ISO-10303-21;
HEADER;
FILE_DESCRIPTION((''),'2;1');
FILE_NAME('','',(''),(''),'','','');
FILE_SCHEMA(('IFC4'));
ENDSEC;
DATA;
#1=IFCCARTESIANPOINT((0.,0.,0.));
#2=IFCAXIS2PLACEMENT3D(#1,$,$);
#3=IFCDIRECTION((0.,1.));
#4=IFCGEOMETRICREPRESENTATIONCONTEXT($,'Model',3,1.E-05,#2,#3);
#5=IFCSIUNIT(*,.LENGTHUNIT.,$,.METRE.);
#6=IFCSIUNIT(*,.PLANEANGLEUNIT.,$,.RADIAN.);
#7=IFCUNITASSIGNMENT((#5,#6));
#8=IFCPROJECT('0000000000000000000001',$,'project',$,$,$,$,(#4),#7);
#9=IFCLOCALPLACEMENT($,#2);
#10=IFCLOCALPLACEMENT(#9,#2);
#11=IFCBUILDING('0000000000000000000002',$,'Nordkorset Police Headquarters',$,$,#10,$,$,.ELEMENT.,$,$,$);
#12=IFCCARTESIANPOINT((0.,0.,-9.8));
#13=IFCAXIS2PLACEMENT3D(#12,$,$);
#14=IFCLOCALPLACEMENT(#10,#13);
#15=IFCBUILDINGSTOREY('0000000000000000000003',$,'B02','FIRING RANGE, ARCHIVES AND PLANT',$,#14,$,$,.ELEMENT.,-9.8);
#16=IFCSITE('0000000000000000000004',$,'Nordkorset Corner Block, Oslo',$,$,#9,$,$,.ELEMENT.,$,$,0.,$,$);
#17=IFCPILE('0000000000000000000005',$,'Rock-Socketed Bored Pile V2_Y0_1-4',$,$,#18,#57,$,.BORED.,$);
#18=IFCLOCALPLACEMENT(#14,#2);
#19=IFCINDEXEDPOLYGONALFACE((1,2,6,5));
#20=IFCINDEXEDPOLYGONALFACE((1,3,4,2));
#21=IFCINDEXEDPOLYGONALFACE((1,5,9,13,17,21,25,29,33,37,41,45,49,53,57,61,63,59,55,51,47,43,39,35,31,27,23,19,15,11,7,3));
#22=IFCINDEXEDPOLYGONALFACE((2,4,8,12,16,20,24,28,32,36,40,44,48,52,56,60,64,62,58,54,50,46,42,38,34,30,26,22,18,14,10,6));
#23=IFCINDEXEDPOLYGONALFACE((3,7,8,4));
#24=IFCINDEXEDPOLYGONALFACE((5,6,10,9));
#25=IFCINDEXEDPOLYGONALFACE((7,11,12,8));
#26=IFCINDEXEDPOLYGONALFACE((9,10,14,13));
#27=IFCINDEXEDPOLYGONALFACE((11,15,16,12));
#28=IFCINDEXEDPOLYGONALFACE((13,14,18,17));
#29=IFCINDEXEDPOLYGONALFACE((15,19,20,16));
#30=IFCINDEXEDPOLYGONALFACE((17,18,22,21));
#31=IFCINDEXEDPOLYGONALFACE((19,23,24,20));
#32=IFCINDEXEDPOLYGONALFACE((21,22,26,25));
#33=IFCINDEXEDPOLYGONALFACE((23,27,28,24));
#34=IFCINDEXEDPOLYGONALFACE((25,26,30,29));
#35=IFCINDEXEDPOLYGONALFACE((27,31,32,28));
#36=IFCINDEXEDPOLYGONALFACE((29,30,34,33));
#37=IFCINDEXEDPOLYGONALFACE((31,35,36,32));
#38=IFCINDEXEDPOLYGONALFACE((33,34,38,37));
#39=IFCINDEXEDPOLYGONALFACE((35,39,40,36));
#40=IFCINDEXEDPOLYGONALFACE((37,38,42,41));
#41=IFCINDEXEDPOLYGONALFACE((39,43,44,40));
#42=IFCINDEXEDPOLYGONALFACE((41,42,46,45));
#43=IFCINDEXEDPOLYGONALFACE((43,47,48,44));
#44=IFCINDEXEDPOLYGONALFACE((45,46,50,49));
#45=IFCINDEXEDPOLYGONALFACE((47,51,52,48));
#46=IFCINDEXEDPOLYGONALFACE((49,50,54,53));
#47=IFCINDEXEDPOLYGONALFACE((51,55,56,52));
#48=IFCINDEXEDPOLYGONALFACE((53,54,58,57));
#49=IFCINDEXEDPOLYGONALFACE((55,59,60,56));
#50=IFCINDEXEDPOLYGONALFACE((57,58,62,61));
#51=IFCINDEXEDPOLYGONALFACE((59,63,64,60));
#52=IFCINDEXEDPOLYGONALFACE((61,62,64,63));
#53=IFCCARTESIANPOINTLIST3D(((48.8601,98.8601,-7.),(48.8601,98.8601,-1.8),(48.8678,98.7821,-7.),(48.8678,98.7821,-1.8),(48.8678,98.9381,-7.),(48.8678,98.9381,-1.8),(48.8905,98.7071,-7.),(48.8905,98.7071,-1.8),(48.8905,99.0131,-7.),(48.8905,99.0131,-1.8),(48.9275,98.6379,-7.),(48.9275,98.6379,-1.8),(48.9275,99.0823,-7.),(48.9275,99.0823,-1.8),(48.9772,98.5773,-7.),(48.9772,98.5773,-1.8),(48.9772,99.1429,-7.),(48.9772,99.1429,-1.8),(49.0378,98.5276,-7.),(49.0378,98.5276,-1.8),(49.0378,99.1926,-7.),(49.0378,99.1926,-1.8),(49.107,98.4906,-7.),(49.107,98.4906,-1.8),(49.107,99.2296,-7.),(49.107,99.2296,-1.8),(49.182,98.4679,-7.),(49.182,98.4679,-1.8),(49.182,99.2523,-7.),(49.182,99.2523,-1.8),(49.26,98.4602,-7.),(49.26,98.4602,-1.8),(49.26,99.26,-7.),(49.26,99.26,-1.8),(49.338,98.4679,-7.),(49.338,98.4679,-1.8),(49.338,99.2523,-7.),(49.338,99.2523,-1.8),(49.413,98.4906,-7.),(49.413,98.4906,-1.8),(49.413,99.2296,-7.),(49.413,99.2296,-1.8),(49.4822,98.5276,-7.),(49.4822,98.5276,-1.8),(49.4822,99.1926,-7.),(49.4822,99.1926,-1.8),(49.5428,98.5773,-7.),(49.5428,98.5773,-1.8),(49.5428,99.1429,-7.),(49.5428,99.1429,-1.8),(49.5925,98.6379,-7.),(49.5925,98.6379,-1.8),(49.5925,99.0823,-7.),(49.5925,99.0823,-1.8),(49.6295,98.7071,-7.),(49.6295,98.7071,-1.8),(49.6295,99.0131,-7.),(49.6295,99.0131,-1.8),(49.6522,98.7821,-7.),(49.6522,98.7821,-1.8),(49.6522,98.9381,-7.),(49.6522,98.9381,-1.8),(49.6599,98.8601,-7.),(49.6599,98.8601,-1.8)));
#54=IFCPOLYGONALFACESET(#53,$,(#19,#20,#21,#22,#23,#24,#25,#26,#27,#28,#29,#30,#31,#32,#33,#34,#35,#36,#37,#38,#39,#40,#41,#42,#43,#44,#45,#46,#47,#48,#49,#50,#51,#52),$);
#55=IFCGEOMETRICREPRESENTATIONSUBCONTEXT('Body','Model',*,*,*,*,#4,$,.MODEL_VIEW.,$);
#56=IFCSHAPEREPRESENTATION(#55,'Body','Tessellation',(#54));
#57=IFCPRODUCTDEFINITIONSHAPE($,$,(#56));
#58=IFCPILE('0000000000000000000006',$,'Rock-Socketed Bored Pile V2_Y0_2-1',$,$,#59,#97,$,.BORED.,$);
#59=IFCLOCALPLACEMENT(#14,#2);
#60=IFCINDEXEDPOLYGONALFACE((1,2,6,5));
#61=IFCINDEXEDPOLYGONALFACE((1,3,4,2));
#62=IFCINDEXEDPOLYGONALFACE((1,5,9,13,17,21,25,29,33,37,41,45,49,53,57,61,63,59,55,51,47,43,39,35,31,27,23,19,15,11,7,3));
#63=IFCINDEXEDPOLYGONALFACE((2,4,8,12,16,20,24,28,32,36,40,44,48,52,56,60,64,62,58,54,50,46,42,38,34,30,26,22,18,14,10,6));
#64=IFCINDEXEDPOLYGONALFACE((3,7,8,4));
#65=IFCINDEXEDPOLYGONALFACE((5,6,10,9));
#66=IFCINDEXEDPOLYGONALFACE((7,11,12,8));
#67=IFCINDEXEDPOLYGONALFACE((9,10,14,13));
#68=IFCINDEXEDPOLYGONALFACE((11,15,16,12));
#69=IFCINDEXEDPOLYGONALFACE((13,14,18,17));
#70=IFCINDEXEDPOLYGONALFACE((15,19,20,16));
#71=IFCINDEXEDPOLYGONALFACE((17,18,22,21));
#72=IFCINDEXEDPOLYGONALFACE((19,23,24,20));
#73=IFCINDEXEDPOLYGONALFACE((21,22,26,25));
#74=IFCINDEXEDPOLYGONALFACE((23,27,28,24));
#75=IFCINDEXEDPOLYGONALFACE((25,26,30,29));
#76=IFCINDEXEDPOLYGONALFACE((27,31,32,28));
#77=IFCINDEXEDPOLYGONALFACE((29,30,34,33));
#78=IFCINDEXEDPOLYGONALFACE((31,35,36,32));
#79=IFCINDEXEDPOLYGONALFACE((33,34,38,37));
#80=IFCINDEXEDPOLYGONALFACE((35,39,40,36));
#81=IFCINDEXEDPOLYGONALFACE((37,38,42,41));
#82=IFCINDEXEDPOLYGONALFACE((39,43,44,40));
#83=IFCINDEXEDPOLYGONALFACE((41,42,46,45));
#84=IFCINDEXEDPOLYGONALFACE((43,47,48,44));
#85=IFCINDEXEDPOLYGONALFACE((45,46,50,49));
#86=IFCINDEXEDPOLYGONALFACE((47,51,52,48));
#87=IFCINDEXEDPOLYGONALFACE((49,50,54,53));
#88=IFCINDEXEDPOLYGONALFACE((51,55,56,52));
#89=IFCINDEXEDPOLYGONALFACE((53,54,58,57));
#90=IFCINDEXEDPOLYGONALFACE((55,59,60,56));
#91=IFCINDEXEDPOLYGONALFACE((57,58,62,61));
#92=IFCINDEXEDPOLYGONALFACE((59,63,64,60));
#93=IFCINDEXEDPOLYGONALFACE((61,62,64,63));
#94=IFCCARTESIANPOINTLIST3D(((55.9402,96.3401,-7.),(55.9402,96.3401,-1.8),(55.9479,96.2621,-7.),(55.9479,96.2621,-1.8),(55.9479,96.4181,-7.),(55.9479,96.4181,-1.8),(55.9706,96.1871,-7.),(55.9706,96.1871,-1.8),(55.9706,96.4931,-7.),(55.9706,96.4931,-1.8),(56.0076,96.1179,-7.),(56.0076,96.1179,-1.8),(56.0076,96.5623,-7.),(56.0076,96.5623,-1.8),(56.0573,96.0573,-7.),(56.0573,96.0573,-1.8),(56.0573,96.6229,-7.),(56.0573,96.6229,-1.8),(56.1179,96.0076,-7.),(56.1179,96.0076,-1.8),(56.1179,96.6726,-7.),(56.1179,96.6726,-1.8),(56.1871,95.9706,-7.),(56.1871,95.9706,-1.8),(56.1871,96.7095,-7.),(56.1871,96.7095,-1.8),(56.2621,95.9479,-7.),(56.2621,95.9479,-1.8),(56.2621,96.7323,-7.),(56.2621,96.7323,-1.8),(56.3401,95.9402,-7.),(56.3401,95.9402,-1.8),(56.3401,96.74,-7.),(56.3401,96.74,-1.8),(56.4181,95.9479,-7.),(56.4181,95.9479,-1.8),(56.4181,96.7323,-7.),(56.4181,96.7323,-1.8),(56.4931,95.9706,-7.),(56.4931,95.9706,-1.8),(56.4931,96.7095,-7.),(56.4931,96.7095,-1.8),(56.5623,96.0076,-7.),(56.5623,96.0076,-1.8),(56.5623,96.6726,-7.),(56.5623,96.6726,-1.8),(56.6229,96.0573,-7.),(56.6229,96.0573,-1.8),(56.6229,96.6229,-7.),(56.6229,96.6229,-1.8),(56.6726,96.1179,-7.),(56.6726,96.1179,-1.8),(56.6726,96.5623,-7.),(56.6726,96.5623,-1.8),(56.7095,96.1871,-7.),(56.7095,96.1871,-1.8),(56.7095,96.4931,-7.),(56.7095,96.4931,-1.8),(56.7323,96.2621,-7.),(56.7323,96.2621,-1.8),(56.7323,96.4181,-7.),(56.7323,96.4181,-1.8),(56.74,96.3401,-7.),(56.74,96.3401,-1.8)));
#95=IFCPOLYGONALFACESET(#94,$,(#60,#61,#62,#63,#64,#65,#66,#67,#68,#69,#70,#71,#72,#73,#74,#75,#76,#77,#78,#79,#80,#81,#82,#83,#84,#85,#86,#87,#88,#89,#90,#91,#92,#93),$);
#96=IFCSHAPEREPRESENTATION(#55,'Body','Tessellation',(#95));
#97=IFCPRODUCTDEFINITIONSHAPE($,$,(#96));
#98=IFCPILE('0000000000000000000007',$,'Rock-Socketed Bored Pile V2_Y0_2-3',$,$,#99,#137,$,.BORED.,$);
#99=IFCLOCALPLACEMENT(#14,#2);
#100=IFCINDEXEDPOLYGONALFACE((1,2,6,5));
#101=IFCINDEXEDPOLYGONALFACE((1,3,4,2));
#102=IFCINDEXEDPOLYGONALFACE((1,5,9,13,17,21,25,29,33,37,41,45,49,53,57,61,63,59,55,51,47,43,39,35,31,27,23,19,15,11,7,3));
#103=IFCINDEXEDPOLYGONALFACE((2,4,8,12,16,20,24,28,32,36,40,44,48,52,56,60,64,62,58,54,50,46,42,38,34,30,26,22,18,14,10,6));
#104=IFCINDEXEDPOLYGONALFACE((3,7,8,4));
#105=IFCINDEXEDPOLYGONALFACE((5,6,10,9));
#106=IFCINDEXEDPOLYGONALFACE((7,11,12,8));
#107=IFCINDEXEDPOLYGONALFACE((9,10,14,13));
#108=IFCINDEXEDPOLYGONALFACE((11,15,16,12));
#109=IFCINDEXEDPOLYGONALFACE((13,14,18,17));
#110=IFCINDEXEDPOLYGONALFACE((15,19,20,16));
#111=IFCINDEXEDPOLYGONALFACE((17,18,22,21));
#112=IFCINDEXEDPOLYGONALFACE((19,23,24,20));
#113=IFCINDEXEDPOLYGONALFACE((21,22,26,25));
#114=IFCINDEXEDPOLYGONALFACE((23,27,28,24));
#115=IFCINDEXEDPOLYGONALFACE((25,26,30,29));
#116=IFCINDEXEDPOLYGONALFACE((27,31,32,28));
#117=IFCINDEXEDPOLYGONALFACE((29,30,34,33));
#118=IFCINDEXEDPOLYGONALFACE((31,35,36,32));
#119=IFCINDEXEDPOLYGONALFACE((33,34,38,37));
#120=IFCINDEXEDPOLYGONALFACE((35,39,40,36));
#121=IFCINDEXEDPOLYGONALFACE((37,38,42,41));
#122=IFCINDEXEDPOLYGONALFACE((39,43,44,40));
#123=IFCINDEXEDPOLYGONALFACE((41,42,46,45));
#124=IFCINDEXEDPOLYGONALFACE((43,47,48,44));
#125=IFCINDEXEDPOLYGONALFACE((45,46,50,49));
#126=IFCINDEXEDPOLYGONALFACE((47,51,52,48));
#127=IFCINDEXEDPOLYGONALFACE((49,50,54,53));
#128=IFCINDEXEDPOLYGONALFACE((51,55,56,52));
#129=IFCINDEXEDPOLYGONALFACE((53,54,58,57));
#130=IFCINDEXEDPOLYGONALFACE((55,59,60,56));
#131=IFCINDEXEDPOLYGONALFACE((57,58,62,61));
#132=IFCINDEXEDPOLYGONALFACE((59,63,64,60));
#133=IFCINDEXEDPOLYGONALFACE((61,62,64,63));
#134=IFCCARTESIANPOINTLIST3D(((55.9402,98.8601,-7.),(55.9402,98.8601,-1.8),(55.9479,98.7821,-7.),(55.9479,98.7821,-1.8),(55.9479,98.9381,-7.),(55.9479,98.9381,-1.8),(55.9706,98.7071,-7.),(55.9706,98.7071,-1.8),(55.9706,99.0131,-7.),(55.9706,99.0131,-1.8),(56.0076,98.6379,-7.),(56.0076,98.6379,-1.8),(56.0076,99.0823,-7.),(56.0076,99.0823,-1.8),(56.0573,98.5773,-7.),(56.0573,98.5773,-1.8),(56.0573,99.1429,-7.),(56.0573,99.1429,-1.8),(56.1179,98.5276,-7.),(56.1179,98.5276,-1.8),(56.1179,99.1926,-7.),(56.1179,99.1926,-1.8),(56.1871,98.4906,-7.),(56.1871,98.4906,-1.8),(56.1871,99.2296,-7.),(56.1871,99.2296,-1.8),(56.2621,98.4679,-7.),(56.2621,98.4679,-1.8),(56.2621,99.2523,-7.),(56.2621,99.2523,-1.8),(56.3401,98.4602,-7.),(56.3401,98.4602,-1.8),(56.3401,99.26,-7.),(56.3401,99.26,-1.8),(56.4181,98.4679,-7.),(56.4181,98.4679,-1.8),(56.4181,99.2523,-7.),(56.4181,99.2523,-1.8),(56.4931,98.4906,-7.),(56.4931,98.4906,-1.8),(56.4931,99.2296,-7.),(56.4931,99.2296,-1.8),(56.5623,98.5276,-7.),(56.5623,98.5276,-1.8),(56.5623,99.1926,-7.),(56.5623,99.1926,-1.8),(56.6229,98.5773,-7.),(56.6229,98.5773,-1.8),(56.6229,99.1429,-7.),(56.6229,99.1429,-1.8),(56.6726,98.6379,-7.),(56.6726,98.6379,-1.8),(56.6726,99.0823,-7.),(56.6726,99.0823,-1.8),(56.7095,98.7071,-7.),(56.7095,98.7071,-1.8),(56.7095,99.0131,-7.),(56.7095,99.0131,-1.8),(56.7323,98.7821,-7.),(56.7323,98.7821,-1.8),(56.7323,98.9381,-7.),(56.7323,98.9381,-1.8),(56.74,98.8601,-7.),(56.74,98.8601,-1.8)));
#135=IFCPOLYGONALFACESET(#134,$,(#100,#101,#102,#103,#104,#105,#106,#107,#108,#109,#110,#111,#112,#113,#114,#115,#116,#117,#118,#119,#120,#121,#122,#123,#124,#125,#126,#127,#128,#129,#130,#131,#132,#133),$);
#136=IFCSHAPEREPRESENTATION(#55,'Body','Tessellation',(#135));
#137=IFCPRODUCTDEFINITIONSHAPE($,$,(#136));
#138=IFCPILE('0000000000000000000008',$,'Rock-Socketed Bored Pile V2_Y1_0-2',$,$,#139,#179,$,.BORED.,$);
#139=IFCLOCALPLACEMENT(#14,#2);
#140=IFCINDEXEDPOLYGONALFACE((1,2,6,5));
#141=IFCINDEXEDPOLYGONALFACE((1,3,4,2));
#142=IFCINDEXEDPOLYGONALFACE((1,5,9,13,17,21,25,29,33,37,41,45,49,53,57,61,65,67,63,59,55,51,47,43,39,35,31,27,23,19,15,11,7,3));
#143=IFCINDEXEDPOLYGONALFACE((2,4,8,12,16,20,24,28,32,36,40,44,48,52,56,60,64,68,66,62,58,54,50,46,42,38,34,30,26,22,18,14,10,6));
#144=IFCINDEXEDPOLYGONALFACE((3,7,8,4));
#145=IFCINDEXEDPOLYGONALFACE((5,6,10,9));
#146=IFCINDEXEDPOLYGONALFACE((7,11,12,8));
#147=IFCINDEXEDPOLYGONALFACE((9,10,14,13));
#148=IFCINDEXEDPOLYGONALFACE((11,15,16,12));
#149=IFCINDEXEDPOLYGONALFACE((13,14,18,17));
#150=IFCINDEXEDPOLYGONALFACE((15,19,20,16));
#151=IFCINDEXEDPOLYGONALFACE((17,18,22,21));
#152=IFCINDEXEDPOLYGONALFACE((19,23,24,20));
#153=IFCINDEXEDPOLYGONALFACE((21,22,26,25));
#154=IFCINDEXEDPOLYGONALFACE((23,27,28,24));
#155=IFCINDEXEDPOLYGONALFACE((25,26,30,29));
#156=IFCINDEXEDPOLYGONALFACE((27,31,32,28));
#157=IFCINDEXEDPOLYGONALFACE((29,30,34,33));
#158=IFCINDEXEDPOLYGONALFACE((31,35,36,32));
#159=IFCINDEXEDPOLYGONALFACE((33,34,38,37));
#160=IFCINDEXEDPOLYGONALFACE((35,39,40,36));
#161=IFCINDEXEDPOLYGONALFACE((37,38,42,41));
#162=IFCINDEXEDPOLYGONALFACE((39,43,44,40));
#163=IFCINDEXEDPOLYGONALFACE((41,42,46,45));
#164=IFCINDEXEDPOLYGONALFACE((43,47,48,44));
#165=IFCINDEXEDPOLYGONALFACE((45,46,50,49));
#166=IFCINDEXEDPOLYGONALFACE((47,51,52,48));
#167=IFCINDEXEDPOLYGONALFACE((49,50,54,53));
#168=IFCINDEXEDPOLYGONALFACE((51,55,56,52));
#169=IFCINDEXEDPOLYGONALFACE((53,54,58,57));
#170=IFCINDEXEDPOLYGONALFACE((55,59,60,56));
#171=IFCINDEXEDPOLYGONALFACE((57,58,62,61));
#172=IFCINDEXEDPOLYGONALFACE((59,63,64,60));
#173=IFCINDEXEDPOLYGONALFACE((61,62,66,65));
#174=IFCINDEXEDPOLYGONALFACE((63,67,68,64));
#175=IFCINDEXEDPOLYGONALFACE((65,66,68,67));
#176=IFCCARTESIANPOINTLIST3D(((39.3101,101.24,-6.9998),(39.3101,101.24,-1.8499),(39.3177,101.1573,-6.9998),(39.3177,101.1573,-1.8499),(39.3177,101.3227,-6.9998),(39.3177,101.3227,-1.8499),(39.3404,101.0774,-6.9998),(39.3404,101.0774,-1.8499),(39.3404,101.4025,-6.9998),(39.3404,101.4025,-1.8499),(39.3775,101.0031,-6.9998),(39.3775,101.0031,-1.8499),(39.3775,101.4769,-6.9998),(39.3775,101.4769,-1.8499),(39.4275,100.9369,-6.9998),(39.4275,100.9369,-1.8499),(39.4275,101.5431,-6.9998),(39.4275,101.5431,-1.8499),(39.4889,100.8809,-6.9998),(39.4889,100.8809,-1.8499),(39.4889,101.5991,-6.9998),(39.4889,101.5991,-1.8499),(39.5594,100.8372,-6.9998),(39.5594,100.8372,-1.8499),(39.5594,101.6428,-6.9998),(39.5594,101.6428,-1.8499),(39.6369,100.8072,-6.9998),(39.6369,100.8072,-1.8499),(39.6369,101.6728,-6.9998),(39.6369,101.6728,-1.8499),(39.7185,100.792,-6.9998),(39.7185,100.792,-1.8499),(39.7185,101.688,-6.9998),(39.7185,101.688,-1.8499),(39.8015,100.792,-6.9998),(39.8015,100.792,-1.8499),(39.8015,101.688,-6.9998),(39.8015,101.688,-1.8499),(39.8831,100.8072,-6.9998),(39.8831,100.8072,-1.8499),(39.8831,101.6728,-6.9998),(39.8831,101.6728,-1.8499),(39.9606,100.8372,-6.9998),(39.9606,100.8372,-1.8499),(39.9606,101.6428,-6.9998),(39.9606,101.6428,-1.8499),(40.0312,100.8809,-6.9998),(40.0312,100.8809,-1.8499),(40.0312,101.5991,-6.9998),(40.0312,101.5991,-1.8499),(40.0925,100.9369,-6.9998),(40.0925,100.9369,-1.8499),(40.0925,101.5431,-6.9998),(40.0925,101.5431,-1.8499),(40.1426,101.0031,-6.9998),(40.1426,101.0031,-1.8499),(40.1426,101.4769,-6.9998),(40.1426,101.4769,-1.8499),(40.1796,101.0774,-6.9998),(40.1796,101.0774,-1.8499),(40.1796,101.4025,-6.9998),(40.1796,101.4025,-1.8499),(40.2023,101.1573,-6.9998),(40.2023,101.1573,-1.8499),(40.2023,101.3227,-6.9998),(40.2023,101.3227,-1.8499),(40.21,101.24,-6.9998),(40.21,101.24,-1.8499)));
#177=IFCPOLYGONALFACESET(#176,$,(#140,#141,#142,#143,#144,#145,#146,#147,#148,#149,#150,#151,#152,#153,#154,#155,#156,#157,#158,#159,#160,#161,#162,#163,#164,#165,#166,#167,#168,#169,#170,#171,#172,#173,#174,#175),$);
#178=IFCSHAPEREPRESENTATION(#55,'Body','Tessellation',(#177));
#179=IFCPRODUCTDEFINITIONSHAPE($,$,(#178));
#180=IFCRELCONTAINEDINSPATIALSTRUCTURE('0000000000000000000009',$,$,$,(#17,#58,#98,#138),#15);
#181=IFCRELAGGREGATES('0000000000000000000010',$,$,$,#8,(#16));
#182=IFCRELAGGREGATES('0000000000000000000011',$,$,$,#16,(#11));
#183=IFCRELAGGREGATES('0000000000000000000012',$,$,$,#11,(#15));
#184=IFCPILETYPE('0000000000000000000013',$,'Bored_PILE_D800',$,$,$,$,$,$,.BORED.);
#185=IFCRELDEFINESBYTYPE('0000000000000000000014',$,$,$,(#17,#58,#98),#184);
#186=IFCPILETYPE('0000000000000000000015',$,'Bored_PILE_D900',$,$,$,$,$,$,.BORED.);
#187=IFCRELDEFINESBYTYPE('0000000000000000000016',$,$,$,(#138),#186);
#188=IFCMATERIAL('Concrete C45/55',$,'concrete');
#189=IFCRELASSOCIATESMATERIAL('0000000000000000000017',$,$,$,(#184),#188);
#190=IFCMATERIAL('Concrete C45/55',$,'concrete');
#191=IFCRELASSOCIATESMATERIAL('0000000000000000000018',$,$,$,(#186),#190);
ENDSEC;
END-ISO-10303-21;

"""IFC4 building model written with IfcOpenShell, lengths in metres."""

from ifc_helpers import new_model, si_unit, direction, frame, origin, origin_2d, place, context, subcontext, project, spatial, circle, extrude, material, material_profile, profile_set, type_object, element, save


model = new_model("IFC4")

# Units and contexts
model_context = context("Model", 3, precision=1e-05, world=origin(), true_north=direction((0.0, 1.0)))
body_context = subcontext(model_context, "Body", "Model", "MODEL_VIEW")
ifc_project = project(units=[si_unit("LENGTHUNIT", "METRE"), si_unit("PLANEANGLEUNIT", "RADIAN")], contexts=[model_context])

# Site, building, storey
site_placement = place(None, origin())
site = spatial("IfcSite", under=ifc_project, at=site_placement, Name="Nordkorset Corner Block, Oslo", CompositionType="ELEMENT", RefElevation=0.0)
building_placement = place(site_placement, origin())
building = spatial("IfcBuilding", under=site, at=building_placement, Name="Nordkorset Police Headquarters", CompositionType="ELEMENT")
storey_placement = place(building_placement, frame((0.0, 0.0, -9.8)))
storey = spatial("IfcBuildingStorey", under=building, at=storey_placement, Name="B02", Description="FIRING RANGE, ARCHIVES AND PLANT", CompositionType="ELEMENT", Elevation=-9.8)

# Piles
ifc_material_1 = material(Name="Concrete C45/55", Category="concrete")
ifc_material_profile_1 = material_profile(ifc_material_1, circle(Radius=0.3999, at=origin_2d()), Name="PILE D800")
ifc_profile_set_1 = profile_set([ifc_material_profile_1], Name="Concrete C45/55")
pile_type_1 = type_object("IfcPileType", Name="Bored_PILE_D800", PredefinedType="BORED", material=ifc_profile_set_1)
for number, where, z_axis, x_axis, name in (
    (1, (49.26, 98.8601, -1.8), (0.0, 0.0, -1.0), (1.0, 0.0, 0.0), "Rock-Socketed Bored Pile V2_Y0_1-4"),
    (2, (56.3401, 96.3401, -1.8), (0.0, 0.0, -1.0), (1.0, 0.0, 0.0), "Rock-Socketed Bored Pile V2_Y0_2-1"),
    (3, (56.3401, 98.8601, -1.8), (0.0, 0.0, -1.0), (1.0, 0.0, 0.0), "Rock-Socketed Bored Pile V2_Y0_2-3"),
):
    element("IfcPile", number, at=place(storey_placement, frame(where, z_axis=z_axis, x_axis=x_axis)), inside=storey, type_object=pile_type_1, Name=name, PredefinedType="BORED", context=body_context, shape_type="SweptSolid", body=[
        extrude(circle(Radius=0.3999, at=origin_2d()), origin(), (0.0, 0.0, 1.0), 5.2),
    ])
ifc_material_2 = material(Name="Concrete C45/55", Category="concrete")
ifc_material_profile_2 = material_profile(ifc_material_2, circle(Radius=0.45, at=origin_2d()), Name="PILE D900")
ifc_profile_set_2 = profile_set([ifc_material_profile_2], Name="Concrete C45/55")
pile_type_2 = type_object("IfcPileType", Name="Bored_PILE_D900", PredefinedType="BORED", material=ifc_profile_set_2)
for number, where, z_axis, x_axis, name in (
    (4, (39.76, 101.24, -1.8499), (0.0, 0.0, -1.0), (1.0, 0.0, 0.0), "Rock-Socketed Bored Pile V2_Y1_0-2"),
):
    element("IfcPile", number, at=place(storey_placement, frame(where, z_axis=z_axis, x_axis=x_axis)), inside=storey, type_object=pile_type_2, Name=name, PredefinedType="BORED", context=body_context, shape_type="SweptSolid", body=[
        extrude(circle(Radius=0.45, at=origin_2d()), origin(), (0.0, 0.0, 1.0), 5.1499),
    ])

save(model, "model.ifc")
